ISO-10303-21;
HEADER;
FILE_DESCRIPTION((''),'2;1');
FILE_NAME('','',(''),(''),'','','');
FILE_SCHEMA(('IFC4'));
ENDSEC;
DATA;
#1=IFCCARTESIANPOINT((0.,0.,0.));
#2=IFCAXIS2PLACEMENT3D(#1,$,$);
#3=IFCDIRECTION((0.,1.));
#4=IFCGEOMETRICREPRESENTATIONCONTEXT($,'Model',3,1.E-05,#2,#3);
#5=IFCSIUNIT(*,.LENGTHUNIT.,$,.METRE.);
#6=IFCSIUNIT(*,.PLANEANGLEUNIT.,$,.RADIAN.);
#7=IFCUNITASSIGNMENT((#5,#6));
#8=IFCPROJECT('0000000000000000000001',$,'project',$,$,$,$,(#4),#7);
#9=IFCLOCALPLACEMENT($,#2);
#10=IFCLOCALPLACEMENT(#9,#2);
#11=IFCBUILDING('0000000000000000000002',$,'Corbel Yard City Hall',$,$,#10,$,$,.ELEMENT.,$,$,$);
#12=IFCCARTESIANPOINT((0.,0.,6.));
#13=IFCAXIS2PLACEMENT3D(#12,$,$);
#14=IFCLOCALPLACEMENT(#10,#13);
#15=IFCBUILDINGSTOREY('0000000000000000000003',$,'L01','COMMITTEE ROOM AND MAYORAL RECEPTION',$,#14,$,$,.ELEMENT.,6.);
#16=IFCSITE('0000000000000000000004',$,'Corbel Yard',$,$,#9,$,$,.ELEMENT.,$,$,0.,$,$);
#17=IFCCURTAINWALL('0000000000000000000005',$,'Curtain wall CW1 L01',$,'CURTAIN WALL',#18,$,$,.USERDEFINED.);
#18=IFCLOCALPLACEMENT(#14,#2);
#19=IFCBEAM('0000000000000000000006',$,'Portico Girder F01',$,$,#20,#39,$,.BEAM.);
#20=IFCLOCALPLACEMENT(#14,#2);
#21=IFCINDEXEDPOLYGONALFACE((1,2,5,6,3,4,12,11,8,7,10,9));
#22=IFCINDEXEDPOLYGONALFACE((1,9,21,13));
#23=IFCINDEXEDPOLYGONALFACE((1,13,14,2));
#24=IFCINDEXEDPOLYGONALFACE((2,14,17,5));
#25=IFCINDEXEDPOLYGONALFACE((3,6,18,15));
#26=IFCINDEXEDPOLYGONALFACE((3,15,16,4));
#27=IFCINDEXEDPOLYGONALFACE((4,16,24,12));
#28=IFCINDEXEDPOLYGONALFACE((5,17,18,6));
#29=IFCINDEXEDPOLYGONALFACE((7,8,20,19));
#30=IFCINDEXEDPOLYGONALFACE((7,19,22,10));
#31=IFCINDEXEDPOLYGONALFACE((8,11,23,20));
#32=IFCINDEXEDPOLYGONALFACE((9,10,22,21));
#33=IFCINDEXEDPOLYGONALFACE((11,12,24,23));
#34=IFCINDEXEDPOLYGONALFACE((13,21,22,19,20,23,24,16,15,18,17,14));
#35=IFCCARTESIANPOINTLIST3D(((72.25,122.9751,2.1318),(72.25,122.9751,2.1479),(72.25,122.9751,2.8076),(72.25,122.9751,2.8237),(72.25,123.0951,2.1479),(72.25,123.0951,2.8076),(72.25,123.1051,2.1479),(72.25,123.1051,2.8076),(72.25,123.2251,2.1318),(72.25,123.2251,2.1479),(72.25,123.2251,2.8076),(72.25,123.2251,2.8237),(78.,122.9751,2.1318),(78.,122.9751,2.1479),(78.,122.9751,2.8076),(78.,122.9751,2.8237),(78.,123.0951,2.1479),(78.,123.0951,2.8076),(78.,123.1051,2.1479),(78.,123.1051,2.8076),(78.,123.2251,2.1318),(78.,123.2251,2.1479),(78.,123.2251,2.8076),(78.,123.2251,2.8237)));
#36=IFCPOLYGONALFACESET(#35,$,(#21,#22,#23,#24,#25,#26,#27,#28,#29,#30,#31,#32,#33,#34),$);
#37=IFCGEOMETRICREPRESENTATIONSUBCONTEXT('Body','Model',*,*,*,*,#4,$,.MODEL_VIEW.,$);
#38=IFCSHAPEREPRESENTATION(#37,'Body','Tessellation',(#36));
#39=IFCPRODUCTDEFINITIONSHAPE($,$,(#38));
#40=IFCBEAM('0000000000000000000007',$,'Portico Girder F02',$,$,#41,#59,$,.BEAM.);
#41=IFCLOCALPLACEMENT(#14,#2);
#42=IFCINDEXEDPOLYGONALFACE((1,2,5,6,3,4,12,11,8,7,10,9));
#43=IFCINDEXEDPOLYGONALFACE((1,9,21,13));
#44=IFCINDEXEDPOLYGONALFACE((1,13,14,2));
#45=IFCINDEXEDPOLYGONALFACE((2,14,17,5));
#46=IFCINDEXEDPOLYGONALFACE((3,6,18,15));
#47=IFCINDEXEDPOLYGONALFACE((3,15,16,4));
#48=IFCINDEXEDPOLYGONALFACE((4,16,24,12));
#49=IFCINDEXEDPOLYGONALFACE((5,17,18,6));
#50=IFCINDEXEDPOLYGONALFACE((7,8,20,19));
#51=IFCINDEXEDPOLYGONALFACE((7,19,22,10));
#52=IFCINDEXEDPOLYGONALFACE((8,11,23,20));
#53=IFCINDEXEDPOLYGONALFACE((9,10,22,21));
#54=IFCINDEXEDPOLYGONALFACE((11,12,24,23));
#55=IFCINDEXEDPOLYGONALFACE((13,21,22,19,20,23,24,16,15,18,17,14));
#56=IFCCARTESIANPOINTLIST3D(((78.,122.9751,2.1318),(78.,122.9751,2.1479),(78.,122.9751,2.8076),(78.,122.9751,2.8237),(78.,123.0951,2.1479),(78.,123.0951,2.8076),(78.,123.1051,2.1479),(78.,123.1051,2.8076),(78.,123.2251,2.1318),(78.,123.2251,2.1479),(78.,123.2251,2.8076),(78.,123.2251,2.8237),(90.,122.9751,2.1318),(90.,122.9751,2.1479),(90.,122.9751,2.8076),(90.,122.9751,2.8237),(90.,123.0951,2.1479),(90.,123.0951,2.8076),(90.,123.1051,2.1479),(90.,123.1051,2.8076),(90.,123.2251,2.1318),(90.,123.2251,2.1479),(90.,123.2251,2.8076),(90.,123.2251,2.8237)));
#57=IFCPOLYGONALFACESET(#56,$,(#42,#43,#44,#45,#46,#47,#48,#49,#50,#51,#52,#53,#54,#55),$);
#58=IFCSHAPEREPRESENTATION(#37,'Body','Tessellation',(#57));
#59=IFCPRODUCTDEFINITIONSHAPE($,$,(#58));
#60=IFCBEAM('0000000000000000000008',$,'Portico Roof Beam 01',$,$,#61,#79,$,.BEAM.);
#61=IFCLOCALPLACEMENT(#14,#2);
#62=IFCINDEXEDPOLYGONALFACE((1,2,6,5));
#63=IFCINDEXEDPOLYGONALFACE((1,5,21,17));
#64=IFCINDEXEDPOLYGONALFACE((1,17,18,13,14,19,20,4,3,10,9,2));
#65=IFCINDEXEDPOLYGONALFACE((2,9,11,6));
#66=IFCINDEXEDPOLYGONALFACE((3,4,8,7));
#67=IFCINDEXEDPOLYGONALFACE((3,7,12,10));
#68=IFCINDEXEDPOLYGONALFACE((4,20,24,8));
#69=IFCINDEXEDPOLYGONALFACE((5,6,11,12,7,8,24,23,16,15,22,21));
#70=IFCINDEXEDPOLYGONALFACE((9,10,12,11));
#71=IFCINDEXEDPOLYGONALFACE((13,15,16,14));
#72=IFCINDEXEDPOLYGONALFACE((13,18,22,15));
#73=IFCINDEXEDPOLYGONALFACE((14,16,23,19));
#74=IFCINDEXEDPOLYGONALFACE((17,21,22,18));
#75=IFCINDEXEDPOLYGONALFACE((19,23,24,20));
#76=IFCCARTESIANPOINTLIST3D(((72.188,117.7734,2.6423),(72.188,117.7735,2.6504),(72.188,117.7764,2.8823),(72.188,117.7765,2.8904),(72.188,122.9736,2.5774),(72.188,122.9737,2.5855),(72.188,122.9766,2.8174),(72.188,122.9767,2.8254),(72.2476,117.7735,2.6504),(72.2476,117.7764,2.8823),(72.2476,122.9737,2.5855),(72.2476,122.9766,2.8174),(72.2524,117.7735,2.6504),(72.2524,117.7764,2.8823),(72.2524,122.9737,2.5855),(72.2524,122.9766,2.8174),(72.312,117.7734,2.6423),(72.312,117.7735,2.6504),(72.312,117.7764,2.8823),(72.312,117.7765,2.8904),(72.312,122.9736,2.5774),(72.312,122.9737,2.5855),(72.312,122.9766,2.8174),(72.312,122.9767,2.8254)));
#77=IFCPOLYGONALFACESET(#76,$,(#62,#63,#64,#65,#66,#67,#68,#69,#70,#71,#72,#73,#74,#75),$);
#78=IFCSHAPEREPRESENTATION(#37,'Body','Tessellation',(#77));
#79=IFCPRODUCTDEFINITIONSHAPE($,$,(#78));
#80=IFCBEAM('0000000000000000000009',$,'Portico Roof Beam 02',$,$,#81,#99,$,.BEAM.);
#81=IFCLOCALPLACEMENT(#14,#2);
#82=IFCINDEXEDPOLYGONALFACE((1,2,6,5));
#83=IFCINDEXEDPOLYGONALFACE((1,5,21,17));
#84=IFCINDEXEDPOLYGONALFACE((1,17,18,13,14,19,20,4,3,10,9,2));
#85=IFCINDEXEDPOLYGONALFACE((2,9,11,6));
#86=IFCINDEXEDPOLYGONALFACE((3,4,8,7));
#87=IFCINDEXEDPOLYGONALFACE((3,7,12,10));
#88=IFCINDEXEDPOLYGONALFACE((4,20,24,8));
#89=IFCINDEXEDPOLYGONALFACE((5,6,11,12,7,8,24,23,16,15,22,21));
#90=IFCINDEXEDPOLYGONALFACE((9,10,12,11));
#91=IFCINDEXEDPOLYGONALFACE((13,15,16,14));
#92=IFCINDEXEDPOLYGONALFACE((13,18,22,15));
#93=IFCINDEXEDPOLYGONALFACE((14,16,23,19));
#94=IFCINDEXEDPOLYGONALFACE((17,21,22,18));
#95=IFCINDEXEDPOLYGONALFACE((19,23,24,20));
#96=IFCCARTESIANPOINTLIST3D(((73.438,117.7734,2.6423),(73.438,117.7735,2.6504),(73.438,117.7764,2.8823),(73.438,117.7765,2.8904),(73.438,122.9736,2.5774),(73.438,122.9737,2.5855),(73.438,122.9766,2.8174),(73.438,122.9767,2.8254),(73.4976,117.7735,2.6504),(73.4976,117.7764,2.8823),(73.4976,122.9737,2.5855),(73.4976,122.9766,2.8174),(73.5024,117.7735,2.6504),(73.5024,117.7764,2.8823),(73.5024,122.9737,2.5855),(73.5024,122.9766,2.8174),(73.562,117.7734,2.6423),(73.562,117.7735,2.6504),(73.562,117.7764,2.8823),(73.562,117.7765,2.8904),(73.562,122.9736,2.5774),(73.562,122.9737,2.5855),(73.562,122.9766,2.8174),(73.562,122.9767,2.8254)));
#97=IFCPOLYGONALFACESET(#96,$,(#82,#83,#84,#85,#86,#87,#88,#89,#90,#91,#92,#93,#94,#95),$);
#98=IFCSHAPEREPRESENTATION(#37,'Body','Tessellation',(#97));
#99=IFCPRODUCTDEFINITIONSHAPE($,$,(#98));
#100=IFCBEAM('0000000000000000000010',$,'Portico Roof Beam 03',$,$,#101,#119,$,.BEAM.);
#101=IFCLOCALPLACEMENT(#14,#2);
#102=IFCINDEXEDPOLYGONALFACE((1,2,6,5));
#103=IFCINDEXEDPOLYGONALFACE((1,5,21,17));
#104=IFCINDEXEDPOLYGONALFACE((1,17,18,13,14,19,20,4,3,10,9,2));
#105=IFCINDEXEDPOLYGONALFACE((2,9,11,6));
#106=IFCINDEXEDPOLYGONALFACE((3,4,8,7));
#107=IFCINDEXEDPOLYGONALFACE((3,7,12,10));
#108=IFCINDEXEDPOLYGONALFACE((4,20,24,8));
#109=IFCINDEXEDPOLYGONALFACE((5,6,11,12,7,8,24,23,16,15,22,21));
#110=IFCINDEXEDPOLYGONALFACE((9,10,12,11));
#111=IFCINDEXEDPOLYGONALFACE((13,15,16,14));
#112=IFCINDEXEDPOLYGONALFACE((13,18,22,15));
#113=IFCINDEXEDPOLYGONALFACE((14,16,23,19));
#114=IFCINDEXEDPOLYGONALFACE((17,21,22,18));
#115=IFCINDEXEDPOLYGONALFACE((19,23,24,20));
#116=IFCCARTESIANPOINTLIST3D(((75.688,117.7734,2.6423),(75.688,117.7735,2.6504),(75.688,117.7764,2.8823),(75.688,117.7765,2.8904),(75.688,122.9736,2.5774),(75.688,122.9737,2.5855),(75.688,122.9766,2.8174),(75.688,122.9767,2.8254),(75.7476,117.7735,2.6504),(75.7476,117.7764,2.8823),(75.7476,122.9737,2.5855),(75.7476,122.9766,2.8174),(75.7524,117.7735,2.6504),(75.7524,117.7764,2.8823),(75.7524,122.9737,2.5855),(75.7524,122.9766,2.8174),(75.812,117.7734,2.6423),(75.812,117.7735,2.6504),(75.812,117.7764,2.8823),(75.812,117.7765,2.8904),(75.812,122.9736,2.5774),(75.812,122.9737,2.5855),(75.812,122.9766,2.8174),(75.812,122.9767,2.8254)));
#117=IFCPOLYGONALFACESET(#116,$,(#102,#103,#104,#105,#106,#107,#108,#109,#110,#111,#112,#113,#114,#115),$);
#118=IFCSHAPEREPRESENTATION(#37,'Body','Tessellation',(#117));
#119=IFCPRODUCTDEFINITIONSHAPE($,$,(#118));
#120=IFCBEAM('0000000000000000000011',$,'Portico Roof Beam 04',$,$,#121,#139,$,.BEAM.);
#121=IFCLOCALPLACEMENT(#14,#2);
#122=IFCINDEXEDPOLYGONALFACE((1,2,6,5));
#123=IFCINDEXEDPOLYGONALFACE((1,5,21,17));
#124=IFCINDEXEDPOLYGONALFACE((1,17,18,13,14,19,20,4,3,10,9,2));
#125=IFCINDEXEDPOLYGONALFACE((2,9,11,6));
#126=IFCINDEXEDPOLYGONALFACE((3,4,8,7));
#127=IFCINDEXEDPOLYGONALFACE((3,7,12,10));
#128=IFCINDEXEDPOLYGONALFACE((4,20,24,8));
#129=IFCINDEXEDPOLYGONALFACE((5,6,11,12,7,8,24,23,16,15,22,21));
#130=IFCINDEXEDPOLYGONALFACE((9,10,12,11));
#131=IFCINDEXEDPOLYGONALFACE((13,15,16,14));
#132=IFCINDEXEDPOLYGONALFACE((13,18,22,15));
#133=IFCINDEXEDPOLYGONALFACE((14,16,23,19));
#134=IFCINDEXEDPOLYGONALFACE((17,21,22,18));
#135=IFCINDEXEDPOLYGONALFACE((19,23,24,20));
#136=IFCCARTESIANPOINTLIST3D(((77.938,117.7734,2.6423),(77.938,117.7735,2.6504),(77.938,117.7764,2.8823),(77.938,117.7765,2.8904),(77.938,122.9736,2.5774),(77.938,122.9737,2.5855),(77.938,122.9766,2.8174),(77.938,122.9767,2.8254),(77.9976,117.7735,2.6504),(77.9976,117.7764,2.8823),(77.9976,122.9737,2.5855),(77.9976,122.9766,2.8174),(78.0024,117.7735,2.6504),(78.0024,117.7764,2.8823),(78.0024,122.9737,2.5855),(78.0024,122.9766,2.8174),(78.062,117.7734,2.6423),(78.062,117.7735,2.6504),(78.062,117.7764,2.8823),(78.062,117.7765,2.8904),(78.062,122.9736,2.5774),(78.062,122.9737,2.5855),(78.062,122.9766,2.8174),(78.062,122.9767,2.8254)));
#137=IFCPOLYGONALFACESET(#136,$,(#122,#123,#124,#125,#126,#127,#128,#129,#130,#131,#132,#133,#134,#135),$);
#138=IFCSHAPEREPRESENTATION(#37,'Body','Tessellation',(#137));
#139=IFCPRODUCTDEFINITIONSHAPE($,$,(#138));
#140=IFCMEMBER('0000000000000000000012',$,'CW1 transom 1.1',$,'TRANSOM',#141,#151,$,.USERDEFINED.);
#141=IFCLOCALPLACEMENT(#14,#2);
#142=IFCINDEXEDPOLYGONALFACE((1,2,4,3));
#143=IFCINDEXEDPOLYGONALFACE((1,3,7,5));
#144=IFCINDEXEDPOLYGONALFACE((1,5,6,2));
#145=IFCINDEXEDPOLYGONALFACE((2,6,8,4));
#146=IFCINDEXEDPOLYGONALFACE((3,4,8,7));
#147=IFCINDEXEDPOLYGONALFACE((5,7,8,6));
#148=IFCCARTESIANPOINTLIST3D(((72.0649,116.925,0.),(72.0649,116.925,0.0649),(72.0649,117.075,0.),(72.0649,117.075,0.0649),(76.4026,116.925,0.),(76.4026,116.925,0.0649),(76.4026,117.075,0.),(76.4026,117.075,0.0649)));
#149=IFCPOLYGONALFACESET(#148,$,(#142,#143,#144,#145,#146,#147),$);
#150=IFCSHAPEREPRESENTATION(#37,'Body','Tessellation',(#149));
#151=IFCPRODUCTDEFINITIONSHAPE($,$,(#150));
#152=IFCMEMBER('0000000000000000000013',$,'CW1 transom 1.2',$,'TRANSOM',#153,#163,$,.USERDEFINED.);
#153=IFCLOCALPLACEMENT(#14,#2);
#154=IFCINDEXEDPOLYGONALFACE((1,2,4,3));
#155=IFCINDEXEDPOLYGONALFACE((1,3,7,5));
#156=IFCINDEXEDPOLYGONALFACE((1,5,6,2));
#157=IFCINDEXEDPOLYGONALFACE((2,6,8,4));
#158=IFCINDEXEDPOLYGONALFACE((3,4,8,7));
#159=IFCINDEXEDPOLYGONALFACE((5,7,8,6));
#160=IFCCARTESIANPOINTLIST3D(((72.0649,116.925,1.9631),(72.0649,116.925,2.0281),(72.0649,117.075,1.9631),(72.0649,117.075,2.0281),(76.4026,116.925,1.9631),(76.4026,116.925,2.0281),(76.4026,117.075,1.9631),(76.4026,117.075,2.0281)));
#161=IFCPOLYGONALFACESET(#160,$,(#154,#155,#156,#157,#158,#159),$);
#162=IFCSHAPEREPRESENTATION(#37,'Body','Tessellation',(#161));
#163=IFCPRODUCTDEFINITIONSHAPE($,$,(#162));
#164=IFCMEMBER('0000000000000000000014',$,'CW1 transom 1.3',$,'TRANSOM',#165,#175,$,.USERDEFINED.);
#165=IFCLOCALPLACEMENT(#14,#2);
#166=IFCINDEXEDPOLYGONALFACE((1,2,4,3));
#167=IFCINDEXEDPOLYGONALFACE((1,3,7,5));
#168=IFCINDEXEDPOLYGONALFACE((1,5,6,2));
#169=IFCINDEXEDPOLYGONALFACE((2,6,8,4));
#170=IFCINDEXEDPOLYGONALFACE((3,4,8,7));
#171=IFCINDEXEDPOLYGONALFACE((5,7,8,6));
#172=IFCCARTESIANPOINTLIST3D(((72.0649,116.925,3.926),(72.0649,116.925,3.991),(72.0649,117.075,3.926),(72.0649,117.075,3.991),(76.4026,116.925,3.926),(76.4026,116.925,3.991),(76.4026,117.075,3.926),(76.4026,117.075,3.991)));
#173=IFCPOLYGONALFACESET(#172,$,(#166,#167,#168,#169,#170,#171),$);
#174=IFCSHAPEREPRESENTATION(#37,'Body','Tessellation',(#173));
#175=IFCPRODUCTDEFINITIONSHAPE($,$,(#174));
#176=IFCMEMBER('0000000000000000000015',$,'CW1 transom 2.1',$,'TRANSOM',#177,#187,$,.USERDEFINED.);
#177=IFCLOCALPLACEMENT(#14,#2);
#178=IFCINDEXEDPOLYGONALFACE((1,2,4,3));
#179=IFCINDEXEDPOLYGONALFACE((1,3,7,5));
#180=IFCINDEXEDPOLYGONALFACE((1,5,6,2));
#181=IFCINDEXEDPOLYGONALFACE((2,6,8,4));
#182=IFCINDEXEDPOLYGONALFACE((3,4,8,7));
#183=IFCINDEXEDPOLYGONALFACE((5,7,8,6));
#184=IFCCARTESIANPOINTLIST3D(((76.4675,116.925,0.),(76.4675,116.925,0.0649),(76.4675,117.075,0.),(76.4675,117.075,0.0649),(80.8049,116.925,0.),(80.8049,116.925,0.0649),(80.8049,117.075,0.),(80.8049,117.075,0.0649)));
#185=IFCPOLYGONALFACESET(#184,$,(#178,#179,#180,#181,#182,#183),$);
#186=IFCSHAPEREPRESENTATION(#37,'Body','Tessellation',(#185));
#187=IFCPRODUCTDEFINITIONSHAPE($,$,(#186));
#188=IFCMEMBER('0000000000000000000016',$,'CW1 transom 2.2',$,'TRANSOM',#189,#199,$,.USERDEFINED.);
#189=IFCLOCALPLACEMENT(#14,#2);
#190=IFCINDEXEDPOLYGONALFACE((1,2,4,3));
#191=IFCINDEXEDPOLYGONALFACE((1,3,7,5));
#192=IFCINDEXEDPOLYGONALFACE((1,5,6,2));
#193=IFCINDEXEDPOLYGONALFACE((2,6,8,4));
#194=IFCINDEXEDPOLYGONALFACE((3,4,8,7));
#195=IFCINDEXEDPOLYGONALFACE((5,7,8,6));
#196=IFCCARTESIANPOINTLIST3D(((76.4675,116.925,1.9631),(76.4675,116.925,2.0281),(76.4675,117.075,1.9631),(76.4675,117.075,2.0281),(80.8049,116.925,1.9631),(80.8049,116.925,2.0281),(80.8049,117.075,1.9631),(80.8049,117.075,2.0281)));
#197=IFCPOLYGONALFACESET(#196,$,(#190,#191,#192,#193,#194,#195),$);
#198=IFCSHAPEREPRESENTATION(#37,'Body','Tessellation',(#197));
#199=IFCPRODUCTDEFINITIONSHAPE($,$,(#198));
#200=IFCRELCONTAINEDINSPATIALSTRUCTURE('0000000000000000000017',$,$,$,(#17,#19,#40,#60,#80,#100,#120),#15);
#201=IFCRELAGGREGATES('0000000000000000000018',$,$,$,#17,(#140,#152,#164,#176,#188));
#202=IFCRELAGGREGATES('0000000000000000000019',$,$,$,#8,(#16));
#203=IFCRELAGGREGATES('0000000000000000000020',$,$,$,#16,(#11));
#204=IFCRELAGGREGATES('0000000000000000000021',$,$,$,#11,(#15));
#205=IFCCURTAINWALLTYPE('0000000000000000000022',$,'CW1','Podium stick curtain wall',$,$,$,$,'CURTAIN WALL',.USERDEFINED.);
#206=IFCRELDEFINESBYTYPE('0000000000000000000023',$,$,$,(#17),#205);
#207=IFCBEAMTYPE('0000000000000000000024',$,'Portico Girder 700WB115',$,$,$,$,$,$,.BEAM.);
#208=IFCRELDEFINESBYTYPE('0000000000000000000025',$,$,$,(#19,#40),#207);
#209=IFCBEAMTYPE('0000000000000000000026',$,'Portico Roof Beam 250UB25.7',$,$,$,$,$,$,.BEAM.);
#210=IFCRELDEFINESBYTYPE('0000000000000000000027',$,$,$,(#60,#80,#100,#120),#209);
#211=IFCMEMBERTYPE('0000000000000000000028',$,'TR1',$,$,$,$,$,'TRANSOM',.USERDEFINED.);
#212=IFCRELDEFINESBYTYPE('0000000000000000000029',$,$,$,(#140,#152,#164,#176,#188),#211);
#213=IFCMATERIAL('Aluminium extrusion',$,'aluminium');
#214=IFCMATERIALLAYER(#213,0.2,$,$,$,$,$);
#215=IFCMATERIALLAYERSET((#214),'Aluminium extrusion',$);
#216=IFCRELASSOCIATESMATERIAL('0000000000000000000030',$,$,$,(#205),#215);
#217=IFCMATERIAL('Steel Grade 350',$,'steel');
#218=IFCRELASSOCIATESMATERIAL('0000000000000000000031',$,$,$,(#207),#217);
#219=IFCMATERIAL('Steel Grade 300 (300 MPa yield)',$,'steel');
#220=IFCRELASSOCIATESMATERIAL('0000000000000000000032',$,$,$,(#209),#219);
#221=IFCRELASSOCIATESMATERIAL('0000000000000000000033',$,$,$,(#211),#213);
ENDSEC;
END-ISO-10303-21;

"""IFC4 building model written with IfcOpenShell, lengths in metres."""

from ifc_helpers import new_model, si_unit, direction, frame, origin, origin_2d, place, context, subcontext, project, spatial, rectangle, i_section, extrude, material, layer, layer_set, material_profile, profile_set, type_object, element, aggregate, save


model = new_model("IFC4")

# Units and contexts
model_context = context("Model", 3, precision=1e-05, world=origin(), true_north=direction((0.0, 1.0)))
body_context = subcontext(model_context, "Body", "Model", "MODEL_VIEW")
ifc_project = project(units=[si_unit("LENGTHUNIT", "METRE"), si_unit("PLANEANGLEUNIT", "RADIAN")], contexts=[model_context])

# Site, building, storey
site_placement = place(None, origin())
site = spatial("IfcSite", under=ifc_project, at=site_placement, Name="Corbel Yard", CompositionType="ELEMENT", RefElevation=0.0)
building_placement = place(site_placement, origin())
building = spatial("IfcBuilding", under=site, at=building_placement, Name="Corbel Yard City Hall", CompositionType="ELEMENT")
storey_placement = place(building_placement, frame((0.0, 0.0, 6.0)))
storey = spatial("IfcBuildingStorey", under=building, at=storey_placement, Name="L01", Description="COMMITTEE ROOM AND MAYORAL RECEPTION", CompositionType="ELEMENT", Elevation=6.0)

# Shared definitions
ifc_material_1 = material(Name="Steel Grade 300 (300 MPa yield)", Category="steel")

# Curtain wall
ifc_material_2 = material(Name="Aluminium extrusion", Category="aluminium")
ifc_layer_1 = layer(ifc_material_2, 0.2)
ifc_layer_set_1 = layer_set([ifc_layer_1], Name="Aluminium extrusion")
curtain_wall_type = type_object("IfcCurtainWallType", Name="CW1", Description="Podium stick curtain wall", ElementType="CURTAIN WALL", PredefinedType="USERDEFINED", material=ifc_layer_set_1)
curtain_wall_placement = place(storey_placement, origin())
curtain_wall = element("IfcCurtainWall", 1, at=curtain_wall_placement, inside=storey, type_object=curtain_wall_type, Name="Curtain wall CW1 L01", ObjectType="CURTAIN WALL", PredefinedType="USERDEFINED")

# Beams
ifc_material_3 = material(Name="Steel Grade 350", Category="steel")
ifc_material_profile_1 = material_profile(ifc_material_3, i_section(OverallWidth=0.25, OverallDepth=0.6919, WebThickness=0.01, FlangeThickness=0.0161, at=origin_2d()), Name="700WB115")
ifc_profile_set_1 = profile_set([ifc_material_profile_1], Name="Steel Grade 350")
beam_type_1 = type_object("IfcBeamType", Name="Portico Girder 700WB115", PredefinedType="BEAM", material=ifc_profile_set_1)
beam_1_placement = place(storey_placement, frame((72.25, 123.1001, 2.4778), z_axis=(1.0, 0.0, 0.0), x_axis=(0.0, 1.0, 0.0)))
element("IfcBeam", 2, at=beam_1_placement, inside=storey, type_object=beam_type_1, Name="Portico Girder F01", PredefinedType="BEAM", context=body_context, shape_type="SweptSolid", body=[
    extrude(i_section(OverallWidth=0.25, OverallDepth=0.6919, WebThickness=0.01, FlangeThickness=0.0161, at=origin_2d()), origin(), (0.0, 0.0, 1.0), 5.75),
])
beam_2_placement = place(storey_placement, frame((78.0, 123.1001, 2.4778), z_axis=(1.0, 0.0, 0.0), x_axis=(0.0, 1.0, 0.0)))
element("IfcBeam", 3, at=beam_2_placement, inside=storey, type_object=beam_type_1, Name="Portico Girder F02", PredefinedType="BEAM", context=body_context, shape_type="SweptSolid", body=[
    extrude(i_section(OverallWidth=0.25, OverallDepth=0.6919, WebThickness=0.01, FlangeThickness=0.0161, at=origin_2d()), origin(), (0.0, 0.0, 1.0), 12.0),
])
ifc_material_profile_2 = material_profile(ifc_material_1, i_section(OverallWidth=0.124, OverallDepth=0.248, WebThickness=0.0049, FlangeThickness=0.0081, at=origin_2d()), Name="250UB25.7")
ifc_profile_set_2 = profile_set([ifc_material_profile_2], Name="Steel Grade 300 (300 MPa yield)")
beam_type_2 = type_object("IfcBeamType", Name="Portico Roof Beam 250UB25.7", PredefinedType="BEAM", material=ifc_profile_set_2)
for number, where, z_axis, x_axis, name in (
    (4, (72.25, 117.7749, 2.7664), (0.0, 0.999922, -0.012487), (-1.0, 0.0, 0.0), "Portico Roof Beam 01"),
    (5, (73.5, 117.7749, 2.7664), (0.0, 0.999922, -0.012487), (-1.0, 0.0, 0.0), "Portico Roof Beam 02"),
    (6, (75.75, 117.7749, 2.7664), (0.0, 0.999922, -0.012487), (-1.0, 0.0, 0.0), "Portico Roof Beam 03"),
    (7, (78.0, 117.7749, 2.7664), (0.0, 0.999922, -0.012487), (-1.0, 0.0, 0.0), "Portico Roof Beam 04"),
):
    element("IfcBeam", number, at=place(storey_placement, frame(where, z_axis=z_axis, x_axis=x_axis)), inside=storey, type_object=beam_type_2, Name=name, PredefinedType="BEAM", context=body_context, shape_type="SweptSolid", body=[
        extrude(i_section(OverallWidth=0.124, OverallDepth=0.248, WebThickness=0.0049, FlangeThickness=0.0081, at=origin_2d()), origin(), (0.0, 0.0, 1.0), 5.2007),
    ])

# Members
ifc_material_profile_3 = material_profile(ifc_material_2, rectangle(XDim=0.1499, YDim=0.0649, at=origin_2d()), Name="150x65")
ifc_profile_set_3 = profile_set([ifc_material_profile_3], Name="Aluminium extrusion")
member_type_1 = type_object("IfcMemberType", Name="TR1", ElementType="TRANSOM", PredefinedType="USERDEFINED", material=ifc_profile_set_3)
member_1_placement = place(storey_placement, frame((72.0649, 117.0, 0.0325), z_axis=(1.0, 0.0, 0.0), x_axis=(0.0, 1.0, 0.0)))
member_1 = element("IfcMember", 8, at=member_1_placement, type_object=member_type_1, Name="CW1 transom 1.1", ObjectType="TRANSOM", PredefinedType="USERDEFINED", context=body_context, shape_type="SweptSolid", body=[
    extrude(rectangle(XDim=0.1499, YDim=0.0649, at=origin_2d()), origin(), (0.0, 0.0, 1.0), 4.3376),
])
member_2_placement = place(storey_placement, frame((72.0649, 117.0, 1.9956), z_axis=(1.0, 0.0, 0.0), x_axis=(0.0, 1.0, 0.0)))
member_2 = element("IfcMember", 9, at=member_2_placement, type_object=member_type_1, Name="CW1 transom 1.2", ObjectType="TRANSOM", PredefinedType="USERDEFINED", context=body_context, shape_type="SweptSolid", body=[
    extrude(rectangle(XDim=0.1499, YDim=0.0649, at=origin_2d()), origin(), (0.0, 0.0, 1.0), 4.3376),
])
member_3_placement = place(storey_placement, frame((72.0649, 117.0, 3.9585), z_axis=(1.0, 0.0, 0.0), x_axis=(0.0, 1.0, 0.0)))
member_3 = element("IfcMember", 10, at=member_3_placement, type_object=member_type_1, Name="CW1 transom 1.3", ObjectType="TRANSOM", PredefinedType="USERDEFINED", context=body_context, shape_type="SweptSolid", body=[
    extrude(rectangle(XDim=0.1499, YDim=0.0649, at=origin_2d()), origin(), (0.0, 0.0, 1.0), 4.3376),
])
member_4_placement = place(storey_placement, frame((76.4675, 117.0, 0.0325), z_axis=(1.0, 0.0, 0.0), x_axis=(0.0, 1.0, 0.0)))
member_4 = element("IfcMember", 11, at=member_4_placement, type_object=member_type_1, Name="CW1 transom 2.1", ObjectType="TRANSOM", PredefinedType="USERDEFINED", context=body_context, shape_type="SweptSolid", body=[
    extrude(rectangle(XDim=0.1499, YDim=0.0649, at=origin_2d()), origin(), (0.0, 0.0, 1.0), 4.3374),
])
member_5_placement = place(storey_placement, frame((76.4675, 117.0, 1.9956), z_axis=(1.0, 0.0, 0.0), x_axis=(0.0, 1.0, 0.0)))
member_5 = element("IfcMember", 12, at=member_5_placement, type_object=member_type_1, Name="CW1 transom 2.2", ObjectType="TRANSOM", PredefinedType="USERDEFINED", context=body_context, shape_type="SweptSolid", body=[
    extrude(rectangle(XDim=0.1499, YDim=0.0649, at=origin_2d()), origin(), (0.0, 0.0, 1.0), 4.3374),
])

aggregate(curtain_wall, [member_1, member_2, member_3, member_4, member_5])

save(model, "model.ifc")
